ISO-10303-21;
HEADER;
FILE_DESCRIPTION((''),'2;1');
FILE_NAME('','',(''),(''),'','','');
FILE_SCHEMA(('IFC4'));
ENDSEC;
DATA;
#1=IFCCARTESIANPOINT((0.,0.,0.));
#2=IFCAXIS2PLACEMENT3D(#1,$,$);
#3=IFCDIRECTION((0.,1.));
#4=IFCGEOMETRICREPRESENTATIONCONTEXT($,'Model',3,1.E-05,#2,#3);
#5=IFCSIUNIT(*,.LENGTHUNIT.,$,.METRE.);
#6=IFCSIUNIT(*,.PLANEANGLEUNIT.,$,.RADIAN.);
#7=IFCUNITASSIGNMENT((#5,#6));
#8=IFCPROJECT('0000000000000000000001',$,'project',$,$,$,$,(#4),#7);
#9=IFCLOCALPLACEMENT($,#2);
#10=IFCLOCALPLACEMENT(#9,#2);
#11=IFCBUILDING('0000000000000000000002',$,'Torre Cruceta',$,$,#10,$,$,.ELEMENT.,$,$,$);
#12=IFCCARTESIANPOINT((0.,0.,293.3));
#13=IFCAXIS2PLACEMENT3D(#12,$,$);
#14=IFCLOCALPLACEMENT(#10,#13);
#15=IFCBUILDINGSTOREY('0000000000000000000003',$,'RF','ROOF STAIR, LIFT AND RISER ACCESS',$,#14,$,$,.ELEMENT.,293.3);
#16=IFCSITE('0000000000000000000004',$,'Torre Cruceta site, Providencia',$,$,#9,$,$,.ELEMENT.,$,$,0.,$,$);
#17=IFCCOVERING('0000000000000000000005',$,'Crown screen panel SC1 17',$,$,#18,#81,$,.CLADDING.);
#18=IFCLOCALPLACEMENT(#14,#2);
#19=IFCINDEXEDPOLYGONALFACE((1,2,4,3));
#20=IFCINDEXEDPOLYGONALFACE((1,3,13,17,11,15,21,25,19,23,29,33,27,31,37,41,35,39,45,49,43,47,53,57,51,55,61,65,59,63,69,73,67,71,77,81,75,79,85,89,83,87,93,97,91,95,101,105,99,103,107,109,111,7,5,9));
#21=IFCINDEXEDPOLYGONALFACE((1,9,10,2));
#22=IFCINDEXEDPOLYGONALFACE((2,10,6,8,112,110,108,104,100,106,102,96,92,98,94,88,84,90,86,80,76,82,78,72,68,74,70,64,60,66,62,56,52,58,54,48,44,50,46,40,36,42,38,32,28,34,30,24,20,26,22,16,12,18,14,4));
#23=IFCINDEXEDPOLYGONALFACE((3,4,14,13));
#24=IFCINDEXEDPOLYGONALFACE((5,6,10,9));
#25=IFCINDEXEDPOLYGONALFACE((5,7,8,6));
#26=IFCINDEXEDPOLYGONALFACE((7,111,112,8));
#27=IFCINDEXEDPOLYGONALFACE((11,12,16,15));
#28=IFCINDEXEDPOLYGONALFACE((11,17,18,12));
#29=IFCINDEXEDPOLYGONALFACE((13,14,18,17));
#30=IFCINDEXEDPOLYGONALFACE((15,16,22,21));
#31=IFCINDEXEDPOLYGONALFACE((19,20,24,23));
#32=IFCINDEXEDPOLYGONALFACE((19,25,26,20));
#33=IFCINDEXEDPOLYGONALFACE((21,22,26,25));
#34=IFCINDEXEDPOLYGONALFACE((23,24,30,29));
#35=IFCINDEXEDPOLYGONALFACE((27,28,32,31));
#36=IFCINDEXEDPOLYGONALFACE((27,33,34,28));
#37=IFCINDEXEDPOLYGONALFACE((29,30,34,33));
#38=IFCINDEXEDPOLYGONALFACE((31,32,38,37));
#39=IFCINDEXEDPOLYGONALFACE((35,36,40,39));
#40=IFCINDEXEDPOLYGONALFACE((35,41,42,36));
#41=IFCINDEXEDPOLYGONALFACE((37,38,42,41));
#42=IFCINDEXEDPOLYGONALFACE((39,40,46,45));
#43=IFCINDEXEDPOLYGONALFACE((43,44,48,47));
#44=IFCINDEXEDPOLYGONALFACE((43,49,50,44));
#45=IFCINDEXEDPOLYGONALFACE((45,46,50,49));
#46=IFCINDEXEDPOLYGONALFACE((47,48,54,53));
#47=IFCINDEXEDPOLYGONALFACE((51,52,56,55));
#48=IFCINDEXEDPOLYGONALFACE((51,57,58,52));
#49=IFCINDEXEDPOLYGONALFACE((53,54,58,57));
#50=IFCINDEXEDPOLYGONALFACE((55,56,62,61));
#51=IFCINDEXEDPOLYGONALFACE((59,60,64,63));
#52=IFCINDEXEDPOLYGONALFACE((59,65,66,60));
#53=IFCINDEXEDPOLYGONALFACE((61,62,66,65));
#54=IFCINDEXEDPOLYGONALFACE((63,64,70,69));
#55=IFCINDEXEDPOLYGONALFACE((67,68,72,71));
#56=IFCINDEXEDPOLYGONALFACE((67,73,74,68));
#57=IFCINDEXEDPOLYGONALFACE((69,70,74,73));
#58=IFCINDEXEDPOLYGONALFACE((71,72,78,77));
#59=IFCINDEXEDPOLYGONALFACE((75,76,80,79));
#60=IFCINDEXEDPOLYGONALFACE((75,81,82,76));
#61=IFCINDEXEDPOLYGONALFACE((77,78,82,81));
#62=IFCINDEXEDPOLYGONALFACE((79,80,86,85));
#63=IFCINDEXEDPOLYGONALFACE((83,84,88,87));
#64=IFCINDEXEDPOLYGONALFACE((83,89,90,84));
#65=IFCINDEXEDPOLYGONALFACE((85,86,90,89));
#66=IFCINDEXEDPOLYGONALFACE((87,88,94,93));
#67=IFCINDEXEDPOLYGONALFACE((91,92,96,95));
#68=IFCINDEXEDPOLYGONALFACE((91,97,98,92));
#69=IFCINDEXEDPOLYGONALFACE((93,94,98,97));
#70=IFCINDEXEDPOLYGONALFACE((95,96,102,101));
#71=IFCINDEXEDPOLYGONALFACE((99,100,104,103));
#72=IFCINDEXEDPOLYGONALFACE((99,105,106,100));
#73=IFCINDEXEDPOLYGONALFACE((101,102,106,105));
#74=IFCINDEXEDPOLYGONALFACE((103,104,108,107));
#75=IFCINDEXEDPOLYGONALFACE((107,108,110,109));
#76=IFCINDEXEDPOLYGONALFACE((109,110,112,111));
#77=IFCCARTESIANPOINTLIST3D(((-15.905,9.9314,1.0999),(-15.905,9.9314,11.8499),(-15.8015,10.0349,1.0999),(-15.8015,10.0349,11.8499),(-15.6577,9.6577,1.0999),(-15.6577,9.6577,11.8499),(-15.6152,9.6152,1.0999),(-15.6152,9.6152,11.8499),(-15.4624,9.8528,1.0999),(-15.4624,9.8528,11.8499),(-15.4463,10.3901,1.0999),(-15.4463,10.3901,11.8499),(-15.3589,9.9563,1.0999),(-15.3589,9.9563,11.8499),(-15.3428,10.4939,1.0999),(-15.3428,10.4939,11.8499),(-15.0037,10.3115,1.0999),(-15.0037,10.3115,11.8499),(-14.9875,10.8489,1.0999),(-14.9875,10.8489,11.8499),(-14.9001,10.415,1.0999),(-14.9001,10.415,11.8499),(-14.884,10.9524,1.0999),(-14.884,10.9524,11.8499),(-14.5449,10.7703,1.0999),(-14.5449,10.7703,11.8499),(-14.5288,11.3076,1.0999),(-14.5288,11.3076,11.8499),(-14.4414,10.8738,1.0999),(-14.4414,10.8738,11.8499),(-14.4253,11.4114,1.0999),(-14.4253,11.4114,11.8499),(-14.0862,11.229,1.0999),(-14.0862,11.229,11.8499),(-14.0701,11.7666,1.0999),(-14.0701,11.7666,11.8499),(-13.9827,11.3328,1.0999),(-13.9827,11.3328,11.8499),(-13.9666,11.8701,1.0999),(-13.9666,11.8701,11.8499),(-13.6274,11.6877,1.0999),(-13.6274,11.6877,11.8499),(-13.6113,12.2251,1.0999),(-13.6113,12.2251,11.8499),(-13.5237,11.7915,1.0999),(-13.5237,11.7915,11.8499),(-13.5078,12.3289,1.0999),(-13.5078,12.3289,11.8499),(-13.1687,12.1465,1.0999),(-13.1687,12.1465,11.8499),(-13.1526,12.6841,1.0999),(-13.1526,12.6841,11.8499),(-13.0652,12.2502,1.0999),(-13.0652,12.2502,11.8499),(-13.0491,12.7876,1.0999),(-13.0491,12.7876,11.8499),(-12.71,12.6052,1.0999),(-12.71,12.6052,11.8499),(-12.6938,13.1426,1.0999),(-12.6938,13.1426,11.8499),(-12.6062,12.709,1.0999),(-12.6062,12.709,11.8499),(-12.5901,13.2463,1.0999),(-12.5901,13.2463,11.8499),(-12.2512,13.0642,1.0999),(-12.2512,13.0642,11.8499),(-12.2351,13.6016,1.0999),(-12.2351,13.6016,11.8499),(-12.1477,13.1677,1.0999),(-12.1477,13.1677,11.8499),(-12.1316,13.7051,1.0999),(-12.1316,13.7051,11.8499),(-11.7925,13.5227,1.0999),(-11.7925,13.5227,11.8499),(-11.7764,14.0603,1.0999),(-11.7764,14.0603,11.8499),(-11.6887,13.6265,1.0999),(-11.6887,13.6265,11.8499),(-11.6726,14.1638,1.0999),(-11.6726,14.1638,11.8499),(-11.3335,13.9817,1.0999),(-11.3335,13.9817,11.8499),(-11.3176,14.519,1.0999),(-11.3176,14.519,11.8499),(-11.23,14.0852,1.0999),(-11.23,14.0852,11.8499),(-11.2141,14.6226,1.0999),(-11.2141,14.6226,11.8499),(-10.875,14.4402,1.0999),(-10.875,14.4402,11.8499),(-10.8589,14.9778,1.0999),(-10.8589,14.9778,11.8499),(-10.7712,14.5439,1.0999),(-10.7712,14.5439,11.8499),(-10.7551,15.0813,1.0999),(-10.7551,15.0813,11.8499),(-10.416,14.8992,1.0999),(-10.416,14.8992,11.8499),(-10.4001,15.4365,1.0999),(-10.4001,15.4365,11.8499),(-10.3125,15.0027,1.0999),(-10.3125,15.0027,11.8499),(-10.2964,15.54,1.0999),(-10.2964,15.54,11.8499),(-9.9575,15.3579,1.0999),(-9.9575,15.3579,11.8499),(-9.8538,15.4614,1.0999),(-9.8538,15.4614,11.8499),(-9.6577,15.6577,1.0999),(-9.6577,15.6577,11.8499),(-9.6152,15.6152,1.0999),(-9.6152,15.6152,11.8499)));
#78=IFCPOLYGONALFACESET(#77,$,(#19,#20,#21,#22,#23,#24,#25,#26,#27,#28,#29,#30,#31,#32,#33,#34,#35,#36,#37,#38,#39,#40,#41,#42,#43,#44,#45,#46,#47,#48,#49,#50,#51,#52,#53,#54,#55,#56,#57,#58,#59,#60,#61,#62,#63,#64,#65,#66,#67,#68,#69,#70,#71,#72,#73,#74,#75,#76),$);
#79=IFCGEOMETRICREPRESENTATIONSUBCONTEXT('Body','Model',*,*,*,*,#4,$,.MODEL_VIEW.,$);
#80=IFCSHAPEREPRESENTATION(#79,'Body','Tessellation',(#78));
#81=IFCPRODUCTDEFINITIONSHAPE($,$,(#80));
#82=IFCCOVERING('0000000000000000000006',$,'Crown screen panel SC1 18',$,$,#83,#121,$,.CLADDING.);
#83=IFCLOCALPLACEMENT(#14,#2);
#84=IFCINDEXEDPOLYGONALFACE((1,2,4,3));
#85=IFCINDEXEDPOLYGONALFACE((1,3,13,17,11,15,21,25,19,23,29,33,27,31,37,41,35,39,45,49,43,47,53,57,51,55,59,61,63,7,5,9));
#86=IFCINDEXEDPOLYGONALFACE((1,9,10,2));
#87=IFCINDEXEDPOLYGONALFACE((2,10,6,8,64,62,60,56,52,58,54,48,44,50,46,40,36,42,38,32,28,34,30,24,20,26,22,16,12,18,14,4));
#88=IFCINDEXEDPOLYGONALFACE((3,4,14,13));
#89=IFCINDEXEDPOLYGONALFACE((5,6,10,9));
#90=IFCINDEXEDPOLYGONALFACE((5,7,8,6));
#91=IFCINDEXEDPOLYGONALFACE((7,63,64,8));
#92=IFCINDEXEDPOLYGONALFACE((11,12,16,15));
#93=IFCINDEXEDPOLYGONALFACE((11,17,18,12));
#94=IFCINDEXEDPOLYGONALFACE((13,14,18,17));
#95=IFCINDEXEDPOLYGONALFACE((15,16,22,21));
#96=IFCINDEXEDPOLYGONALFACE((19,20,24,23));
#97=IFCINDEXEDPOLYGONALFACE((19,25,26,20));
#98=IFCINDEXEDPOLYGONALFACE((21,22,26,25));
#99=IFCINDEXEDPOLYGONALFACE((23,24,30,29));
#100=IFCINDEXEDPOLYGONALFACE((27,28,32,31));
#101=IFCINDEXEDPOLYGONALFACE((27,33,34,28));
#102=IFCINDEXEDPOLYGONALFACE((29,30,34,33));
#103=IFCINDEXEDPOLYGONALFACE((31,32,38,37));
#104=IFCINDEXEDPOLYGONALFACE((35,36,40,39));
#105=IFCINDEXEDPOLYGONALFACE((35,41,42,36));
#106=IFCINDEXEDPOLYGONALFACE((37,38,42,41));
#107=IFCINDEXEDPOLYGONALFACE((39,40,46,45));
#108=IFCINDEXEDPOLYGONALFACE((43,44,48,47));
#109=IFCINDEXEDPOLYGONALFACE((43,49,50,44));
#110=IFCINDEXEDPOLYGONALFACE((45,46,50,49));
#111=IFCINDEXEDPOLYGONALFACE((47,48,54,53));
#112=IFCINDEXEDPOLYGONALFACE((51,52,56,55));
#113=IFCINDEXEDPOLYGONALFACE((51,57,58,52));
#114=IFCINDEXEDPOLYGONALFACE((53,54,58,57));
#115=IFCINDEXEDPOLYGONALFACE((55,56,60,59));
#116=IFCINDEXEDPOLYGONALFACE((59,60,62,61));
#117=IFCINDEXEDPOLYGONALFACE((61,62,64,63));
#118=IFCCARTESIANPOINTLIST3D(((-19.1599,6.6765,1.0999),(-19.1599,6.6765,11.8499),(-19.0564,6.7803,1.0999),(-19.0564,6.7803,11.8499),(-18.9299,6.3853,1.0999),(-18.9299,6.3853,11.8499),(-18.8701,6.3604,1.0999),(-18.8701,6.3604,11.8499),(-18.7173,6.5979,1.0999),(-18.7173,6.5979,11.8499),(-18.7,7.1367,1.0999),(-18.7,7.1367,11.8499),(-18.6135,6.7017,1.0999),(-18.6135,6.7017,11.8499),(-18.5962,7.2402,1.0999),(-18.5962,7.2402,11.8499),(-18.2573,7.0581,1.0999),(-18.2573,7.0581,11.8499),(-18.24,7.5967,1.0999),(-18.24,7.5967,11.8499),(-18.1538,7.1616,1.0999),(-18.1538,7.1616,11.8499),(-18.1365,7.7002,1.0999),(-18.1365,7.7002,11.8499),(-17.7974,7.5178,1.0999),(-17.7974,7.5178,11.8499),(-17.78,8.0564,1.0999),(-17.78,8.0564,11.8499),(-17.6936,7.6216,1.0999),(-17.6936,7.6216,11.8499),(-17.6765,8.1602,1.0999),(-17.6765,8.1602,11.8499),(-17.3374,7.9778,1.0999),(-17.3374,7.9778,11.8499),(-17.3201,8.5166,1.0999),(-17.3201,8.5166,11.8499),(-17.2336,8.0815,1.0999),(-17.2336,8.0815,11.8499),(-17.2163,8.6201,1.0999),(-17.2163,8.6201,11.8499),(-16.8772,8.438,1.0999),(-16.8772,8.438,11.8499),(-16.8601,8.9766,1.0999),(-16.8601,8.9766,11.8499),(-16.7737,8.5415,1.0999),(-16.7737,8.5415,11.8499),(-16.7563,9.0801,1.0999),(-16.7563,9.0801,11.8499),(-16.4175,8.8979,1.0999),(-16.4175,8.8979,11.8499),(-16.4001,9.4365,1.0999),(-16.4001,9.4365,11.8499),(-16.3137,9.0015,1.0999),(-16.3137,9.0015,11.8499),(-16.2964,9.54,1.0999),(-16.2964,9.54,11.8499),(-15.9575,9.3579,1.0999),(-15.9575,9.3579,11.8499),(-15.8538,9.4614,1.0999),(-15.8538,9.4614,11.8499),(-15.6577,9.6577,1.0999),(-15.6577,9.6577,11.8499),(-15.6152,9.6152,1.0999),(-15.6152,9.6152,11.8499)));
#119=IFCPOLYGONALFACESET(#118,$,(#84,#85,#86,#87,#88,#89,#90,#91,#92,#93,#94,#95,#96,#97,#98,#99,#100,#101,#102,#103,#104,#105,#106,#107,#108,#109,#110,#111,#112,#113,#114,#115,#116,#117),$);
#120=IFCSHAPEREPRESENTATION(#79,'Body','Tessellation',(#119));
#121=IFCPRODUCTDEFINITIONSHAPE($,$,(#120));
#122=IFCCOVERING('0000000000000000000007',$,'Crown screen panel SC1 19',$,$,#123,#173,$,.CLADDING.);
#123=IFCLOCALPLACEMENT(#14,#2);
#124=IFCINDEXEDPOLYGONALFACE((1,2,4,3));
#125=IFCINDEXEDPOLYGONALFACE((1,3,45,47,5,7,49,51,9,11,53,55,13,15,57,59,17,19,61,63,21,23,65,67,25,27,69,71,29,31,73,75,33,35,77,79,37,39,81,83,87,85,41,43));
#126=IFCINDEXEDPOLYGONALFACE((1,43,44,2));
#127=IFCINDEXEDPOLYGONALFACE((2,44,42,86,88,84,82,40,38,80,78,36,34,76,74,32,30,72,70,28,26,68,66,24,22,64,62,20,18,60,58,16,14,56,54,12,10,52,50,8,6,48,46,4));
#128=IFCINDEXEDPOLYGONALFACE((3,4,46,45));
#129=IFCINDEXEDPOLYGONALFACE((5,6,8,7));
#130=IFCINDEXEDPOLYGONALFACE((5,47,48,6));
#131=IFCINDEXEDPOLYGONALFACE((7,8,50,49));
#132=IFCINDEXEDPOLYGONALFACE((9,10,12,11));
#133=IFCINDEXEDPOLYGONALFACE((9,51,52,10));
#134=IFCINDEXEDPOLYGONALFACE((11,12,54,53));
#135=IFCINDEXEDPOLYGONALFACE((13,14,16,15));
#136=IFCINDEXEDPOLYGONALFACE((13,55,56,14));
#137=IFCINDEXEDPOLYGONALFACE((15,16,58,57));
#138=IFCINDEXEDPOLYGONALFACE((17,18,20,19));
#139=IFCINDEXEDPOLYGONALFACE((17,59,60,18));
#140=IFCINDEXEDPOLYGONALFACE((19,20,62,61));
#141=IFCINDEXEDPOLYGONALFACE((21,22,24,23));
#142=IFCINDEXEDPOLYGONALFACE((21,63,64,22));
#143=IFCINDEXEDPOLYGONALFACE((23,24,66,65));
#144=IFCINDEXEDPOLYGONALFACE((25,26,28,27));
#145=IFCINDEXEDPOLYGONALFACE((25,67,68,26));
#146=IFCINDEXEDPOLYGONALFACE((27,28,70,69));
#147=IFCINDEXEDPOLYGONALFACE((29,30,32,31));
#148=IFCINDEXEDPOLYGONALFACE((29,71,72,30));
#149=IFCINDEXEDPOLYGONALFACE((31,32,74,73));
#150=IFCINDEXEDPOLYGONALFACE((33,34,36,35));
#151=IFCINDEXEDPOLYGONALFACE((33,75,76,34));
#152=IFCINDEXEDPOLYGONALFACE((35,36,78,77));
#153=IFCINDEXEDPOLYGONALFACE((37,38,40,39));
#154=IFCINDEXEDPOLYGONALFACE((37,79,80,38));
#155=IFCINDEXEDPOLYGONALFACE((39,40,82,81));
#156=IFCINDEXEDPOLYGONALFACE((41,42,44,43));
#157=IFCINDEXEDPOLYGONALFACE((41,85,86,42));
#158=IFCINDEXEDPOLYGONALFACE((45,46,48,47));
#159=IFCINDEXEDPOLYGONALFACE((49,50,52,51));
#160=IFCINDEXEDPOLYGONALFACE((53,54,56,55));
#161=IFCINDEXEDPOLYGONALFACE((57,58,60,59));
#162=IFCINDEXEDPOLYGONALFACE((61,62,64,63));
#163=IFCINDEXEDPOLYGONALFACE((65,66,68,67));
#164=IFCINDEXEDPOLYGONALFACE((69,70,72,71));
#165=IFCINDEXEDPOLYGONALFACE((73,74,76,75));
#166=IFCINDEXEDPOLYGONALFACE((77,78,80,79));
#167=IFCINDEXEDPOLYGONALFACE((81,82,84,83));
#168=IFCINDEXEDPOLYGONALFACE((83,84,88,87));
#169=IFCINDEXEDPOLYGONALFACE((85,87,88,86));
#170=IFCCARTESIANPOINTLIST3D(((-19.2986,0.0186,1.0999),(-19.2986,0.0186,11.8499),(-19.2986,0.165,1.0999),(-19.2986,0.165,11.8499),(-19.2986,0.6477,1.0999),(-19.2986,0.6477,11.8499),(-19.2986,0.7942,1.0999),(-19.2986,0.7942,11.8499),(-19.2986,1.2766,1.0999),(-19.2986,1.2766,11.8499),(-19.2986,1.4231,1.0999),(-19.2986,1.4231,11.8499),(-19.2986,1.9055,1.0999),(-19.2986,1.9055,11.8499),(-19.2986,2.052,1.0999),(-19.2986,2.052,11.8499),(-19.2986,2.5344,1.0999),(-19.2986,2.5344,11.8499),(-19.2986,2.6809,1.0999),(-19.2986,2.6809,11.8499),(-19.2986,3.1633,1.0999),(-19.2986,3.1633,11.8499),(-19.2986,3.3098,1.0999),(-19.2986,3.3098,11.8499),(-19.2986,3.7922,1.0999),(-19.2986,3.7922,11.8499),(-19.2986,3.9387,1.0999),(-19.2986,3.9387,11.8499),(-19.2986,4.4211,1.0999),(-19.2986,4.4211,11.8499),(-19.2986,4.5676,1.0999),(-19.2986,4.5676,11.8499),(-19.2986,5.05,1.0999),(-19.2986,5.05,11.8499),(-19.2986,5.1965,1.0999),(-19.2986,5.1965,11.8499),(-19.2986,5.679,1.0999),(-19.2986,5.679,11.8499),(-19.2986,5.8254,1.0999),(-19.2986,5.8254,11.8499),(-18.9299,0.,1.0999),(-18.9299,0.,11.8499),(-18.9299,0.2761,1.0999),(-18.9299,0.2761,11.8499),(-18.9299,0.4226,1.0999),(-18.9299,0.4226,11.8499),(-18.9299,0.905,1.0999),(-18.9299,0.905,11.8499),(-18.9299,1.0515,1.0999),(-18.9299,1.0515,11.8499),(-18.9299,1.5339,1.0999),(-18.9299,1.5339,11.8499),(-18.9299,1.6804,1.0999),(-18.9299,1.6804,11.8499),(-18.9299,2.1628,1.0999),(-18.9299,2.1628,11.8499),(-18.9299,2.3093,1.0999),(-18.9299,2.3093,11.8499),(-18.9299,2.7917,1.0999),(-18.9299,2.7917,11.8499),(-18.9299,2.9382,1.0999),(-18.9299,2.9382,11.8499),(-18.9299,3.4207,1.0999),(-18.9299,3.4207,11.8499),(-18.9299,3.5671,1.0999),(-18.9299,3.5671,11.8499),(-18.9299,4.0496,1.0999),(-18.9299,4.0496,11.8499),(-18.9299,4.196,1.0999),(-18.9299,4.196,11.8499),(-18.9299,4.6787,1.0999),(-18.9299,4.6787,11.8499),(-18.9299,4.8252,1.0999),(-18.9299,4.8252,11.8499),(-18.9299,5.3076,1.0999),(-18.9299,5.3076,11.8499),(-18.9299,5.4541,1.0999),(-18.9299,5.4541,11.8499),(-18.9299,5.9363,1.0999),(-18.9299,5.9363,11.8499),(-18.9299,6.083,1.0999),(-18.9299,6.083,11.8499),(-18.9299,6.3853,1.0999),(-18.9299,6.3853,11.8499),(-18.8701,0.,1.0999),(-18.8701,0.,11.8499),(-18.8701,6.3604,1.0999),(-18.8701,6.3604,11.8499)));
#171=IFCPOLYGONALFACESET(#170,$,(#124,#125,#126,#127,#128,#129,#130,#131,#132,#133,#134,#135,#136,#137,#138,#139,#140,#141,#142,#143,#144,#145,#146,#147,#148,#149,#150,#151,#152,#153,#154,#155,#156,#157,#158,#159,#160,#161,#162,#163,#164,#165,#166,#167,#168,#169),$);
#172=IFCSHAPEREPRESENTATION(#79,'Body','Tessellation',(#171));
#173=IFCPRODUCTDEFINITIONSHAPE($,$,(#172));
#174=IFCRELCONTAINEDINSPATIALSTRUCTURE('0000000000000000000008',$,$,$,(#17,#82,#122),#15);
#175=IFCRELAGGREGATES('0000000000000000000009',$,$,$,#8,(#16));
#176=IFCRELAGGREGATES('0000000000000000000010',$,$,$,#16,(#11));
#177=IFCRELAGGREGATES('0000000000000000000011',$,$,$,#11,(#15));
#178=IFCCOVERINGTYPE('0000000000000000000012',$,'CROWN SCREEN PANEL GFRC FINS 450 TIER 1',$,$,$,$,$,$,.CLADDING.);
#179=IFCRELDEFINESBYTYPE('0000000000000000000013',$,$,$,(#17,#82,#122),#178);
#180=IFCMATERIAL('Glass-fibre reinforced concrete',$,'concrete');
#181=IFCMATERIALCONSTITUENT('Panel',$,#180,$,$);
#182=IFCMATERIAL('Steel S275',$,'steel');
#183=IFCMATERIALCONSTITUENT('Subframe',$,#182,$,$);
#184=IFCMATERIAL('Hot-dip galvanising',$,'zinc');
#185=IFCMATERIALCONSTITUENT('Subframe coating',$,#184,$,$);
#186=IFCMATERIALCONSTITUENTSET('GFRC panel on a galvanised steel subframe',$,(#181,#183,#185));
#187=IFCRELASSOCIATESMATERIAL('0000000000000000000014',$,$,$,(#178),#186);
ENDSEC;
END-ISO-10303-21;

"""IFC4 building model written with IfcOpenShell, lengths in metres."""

from ifc_helpers import new_model, si_unit, direction, frame, origin, place, context, subcontext, project, spatial, polyline, outline, extrude, material, constituent, constituent_set, type_object, element, save


model = new_model("IFC4")

# Units and contexts
model_context = context("Model", 3, precision=1e-05, world=origin(), true_north=direction((0.0, 1.0)))
body_context = subcontext(model_context, "Body", "Model", "MODEL_VIEW")
ifc_project = project(units=[si_unit("LENGTHUNIT", "METRE"), si_unit("PLANEANGLEUNIT", "RADIAN")], contexts=[model_context])

# Site, building, storey
site_placement = place(None, origin())
site = spatial("IfcSite", under=ifc_project, at=site_placement, Name="Torre Cruceta site, Providencia", CompositionType="ELEMENT", RefElevation=0.0)
building_placement = place(site_placement, origin())
building = spatial("IfcBuilding", under=site, at=building_placement, Name="Torre Cruceta", CompositionType="ELEMENT")
storey_placement = place(building_placement, frame((0.0, 0.0, 293.3)))
storey = spatial("IfcBuildingStorey", under=building, at=storey_placement, Name="RF", Description="ROOF STAIR, LIFT AND RISER ACCESS", CompositionType="ELEMENT", Elevation=293.3)

# Coverings
ifc_material_1 = material(Name="Glass-fibre reinforced concrete", Category="concrete")
ifc_constituent_1 = constituent(ifc_material_1, Name="Panel")
ifc_material_2 = material(Name="Steel S275", Category="steel")
ifc_constituent_2 = constituent(ifc_material_2, Name="Subframe")
ifc_material_3 = material(Name="Hot-dip galvanising", Category="zinc")
ifc_constituent_3 = constituent(ifc_material_3, Name="Subframe coating")
ifc_constituent_set = constituent_set(constituents=[ifc_constituent_1, ifc_constituent_2, ifc_constituent_3], Name="GFRC panel on a galvanised steel subframe")
covering_type_1 = type_object("IfcCoveringType", Name="CROWN SCREEN PANEL GFRC FINS 450 TIER 1", PredefinedType="CLADDING", material=ifc_constituent_set)
covering_1_placement = place(storey_placement, frame((0.0, 0.0, 1.0999)))
element("IfcCovering", 1, at=covering_1_placement, inside=storey, type_object=covering_type_1, Name="Crown screen panel SC1 17", PredefinedType="CLADDING", context=body_context, shape_type="SweptSolid", body=[
    extrude(outline(polyline([(-15.905, 9.9314), (-15.4624, 9.8528), (-15.6577, 9.6577), (-15.6152, 9.6152), (-9.6152, 15.6152), (-9.6577, 15.6577), (-9.8538, 15.4614), (-10.2964, 15.54), (-10.4001, 15.4365), (-9.9575, 15.3579), (-10.3125, 15.0027), (-10.7551, 15.0813), (-10.8589, 14.9778), (-10.416, 14.8992), (-10.7712, 14.5439), (-11.2141, 14.6226), (-11.3176, 14.519), (-10.875, 14.4402), (-11.23, 14.0852), (-11.6726, 14.1638), (-11.7764, 14.0603), (-11.3335, 13.9817), (-11.6887, 13.6265), (-12.1316, 13.7051), (-12.2351, 13.6016), (-11.7925, 13.5227), (-12.1477, 13.1677), (-12.5901, 13.2463), (-12.6938, 13.1426), (-12.2512, 13.0642), (-12.6062, 12.709), (-13.0491, 12.7876), (-13.1526, 12.6841), (-12.71, 12.6052), (-13.0652, 12.2502), (-13.5078, 12.3289), (-13.6113, 12.2251), (-13.1687, 12.1465), (-13.5237, 11.7915), (-13.9666, 11.8701), (-14.0701, 11.7666), (-13.6274, 11.6877), (-13.9827, 11.3328), (-14.4253, 11.4114), (-14.5288, 11.3076), (-14.0862, 11.229), (-14.4414, 10.8738), (-14.884, 10.9524), (-14.9875, 10.8489), (-14.5449, 10.7703), (-14.9001, 10.415), (-15.3428, 10.4939), (-15.4463, 10.3901), (-15.0037, 10.3115), (-15.3589, 9.9563), (-15.8015, 10.0349), (-15.905, 9.9314)])), origin(), (0.0, 0.0, 1.0), 10.75),
])
covering_2_placement = place(storey_placement, frame((0.0, 0.0, 1.0999)))
element("IfcCovering", 2, at=covering_2_placement, inside=storey, type_object=covering_type_1, Name="Crown screen panel SC1 18", PredefinedType="CLADDING", context=body_context, shape_type="SweptSolid", body=[
    extrude(outline(polyline([(-19.1599, 6.6765), (-18.7173, 6.5979), (-18.9299, 6.3853), (-18.8701, 6.3604), (-15.6152, 9.6152), (-15.6577, 9.6577), (-15.8538, 9.4614), (-16.2964, 9.54), (-16.4001, 9.4365), (-15.9575, 9.3579), (-16.3137, 9.0015), (-16.7563, 9.0801), (-16.8601, 8.9766), (-16.4175, 8.8979), (-16.7737, 8.5415), (-17.2163, 8.6201), (-17.3201, 8.5166), (-16.8772, 8.438), (-17.2336, 8.0815), (-17.6765, 8.1602), (-17.78, 8.0564), (-17.3374, 7.9778), (-17.6936, 7.6216), (-18.1365, 7.7002), (-18.24, 7.5967), (-17.7974, 7.5178), (-18.1538, 7.1616), (-18.5962, 7.2402), (-18.7, 7.1367), (-18.2573, 7.0581), (-18.6135, 6.7017), (-19.0564, 6.7803), (-19.1599, 6.6765)])), origin(), (0.0, 0.0, 1.0), 10.75),
])
covering_3_placement = place(storey_placement, frame((0.0, 0.0, 1.0999)))
element("IfcCovering", 3, at=covering_3_placement, inside=storey, type_object=covering_type_1, Name="Crown screen panel SC1 19", PredefinedType="CLADDING", context=body_context, shape_type="SweptSolid", body=[
    extrude(outline(polyline([(-19.2986, 2.5344), (-18.9299, 2.7917), (-18.9299, 2.3093), (-19.2986, 2.052), (-19.2986, 1.9055), (-18.9299, 2.1628), (-18.9299, 1.6804), (-19.2986, 1.4231), (-19.2986, 1.2766), (-18.9299, 1.5339), (-18.9299, 1.0515), (-19.2986, 0.7942), (-19.2986, 0.6477), (-18.9299, 0.905), (-18.9299, 0.4226), (-19.2986, 0.165), (-19.2986, 0.0186), (-18.9299, 0.2761), (-18.9299, 0.0), (-18.8701, 0.0), (-18.8701, 6.3604), (-18.9299, 6.3853), (-18.9299, 6.083), (-19.2986, 5.8254), (-19.2986, 5.679), (-18.9299, 5.9363), (-18.9299, 5.4541), (-19.2986, 5.1965), (-19.2986, 5.05), (-18.9299, 5.3076), (-18.9299, 4.8252), (-19.2986, 4.5676), (-19.2986, 4.4211), (-18.9299, 4.6787), (-18.9299, 4.196), (-19.2986, 3.9387), (-19.2986, 3.7922), (-18.9299, 4.0496), (-18.9299, 3.5671), (-19.2986, 3.3098), (-19.2986, 3.1633), (-18.9299, 3.4207), (-18.9299, 2.9382), (-19.2986, 2.6809), (-19.2986, 2.5344)])), origin(), (0.0, 0.0, 1.0), 10.75),
])

save(model, "model.ifc")
